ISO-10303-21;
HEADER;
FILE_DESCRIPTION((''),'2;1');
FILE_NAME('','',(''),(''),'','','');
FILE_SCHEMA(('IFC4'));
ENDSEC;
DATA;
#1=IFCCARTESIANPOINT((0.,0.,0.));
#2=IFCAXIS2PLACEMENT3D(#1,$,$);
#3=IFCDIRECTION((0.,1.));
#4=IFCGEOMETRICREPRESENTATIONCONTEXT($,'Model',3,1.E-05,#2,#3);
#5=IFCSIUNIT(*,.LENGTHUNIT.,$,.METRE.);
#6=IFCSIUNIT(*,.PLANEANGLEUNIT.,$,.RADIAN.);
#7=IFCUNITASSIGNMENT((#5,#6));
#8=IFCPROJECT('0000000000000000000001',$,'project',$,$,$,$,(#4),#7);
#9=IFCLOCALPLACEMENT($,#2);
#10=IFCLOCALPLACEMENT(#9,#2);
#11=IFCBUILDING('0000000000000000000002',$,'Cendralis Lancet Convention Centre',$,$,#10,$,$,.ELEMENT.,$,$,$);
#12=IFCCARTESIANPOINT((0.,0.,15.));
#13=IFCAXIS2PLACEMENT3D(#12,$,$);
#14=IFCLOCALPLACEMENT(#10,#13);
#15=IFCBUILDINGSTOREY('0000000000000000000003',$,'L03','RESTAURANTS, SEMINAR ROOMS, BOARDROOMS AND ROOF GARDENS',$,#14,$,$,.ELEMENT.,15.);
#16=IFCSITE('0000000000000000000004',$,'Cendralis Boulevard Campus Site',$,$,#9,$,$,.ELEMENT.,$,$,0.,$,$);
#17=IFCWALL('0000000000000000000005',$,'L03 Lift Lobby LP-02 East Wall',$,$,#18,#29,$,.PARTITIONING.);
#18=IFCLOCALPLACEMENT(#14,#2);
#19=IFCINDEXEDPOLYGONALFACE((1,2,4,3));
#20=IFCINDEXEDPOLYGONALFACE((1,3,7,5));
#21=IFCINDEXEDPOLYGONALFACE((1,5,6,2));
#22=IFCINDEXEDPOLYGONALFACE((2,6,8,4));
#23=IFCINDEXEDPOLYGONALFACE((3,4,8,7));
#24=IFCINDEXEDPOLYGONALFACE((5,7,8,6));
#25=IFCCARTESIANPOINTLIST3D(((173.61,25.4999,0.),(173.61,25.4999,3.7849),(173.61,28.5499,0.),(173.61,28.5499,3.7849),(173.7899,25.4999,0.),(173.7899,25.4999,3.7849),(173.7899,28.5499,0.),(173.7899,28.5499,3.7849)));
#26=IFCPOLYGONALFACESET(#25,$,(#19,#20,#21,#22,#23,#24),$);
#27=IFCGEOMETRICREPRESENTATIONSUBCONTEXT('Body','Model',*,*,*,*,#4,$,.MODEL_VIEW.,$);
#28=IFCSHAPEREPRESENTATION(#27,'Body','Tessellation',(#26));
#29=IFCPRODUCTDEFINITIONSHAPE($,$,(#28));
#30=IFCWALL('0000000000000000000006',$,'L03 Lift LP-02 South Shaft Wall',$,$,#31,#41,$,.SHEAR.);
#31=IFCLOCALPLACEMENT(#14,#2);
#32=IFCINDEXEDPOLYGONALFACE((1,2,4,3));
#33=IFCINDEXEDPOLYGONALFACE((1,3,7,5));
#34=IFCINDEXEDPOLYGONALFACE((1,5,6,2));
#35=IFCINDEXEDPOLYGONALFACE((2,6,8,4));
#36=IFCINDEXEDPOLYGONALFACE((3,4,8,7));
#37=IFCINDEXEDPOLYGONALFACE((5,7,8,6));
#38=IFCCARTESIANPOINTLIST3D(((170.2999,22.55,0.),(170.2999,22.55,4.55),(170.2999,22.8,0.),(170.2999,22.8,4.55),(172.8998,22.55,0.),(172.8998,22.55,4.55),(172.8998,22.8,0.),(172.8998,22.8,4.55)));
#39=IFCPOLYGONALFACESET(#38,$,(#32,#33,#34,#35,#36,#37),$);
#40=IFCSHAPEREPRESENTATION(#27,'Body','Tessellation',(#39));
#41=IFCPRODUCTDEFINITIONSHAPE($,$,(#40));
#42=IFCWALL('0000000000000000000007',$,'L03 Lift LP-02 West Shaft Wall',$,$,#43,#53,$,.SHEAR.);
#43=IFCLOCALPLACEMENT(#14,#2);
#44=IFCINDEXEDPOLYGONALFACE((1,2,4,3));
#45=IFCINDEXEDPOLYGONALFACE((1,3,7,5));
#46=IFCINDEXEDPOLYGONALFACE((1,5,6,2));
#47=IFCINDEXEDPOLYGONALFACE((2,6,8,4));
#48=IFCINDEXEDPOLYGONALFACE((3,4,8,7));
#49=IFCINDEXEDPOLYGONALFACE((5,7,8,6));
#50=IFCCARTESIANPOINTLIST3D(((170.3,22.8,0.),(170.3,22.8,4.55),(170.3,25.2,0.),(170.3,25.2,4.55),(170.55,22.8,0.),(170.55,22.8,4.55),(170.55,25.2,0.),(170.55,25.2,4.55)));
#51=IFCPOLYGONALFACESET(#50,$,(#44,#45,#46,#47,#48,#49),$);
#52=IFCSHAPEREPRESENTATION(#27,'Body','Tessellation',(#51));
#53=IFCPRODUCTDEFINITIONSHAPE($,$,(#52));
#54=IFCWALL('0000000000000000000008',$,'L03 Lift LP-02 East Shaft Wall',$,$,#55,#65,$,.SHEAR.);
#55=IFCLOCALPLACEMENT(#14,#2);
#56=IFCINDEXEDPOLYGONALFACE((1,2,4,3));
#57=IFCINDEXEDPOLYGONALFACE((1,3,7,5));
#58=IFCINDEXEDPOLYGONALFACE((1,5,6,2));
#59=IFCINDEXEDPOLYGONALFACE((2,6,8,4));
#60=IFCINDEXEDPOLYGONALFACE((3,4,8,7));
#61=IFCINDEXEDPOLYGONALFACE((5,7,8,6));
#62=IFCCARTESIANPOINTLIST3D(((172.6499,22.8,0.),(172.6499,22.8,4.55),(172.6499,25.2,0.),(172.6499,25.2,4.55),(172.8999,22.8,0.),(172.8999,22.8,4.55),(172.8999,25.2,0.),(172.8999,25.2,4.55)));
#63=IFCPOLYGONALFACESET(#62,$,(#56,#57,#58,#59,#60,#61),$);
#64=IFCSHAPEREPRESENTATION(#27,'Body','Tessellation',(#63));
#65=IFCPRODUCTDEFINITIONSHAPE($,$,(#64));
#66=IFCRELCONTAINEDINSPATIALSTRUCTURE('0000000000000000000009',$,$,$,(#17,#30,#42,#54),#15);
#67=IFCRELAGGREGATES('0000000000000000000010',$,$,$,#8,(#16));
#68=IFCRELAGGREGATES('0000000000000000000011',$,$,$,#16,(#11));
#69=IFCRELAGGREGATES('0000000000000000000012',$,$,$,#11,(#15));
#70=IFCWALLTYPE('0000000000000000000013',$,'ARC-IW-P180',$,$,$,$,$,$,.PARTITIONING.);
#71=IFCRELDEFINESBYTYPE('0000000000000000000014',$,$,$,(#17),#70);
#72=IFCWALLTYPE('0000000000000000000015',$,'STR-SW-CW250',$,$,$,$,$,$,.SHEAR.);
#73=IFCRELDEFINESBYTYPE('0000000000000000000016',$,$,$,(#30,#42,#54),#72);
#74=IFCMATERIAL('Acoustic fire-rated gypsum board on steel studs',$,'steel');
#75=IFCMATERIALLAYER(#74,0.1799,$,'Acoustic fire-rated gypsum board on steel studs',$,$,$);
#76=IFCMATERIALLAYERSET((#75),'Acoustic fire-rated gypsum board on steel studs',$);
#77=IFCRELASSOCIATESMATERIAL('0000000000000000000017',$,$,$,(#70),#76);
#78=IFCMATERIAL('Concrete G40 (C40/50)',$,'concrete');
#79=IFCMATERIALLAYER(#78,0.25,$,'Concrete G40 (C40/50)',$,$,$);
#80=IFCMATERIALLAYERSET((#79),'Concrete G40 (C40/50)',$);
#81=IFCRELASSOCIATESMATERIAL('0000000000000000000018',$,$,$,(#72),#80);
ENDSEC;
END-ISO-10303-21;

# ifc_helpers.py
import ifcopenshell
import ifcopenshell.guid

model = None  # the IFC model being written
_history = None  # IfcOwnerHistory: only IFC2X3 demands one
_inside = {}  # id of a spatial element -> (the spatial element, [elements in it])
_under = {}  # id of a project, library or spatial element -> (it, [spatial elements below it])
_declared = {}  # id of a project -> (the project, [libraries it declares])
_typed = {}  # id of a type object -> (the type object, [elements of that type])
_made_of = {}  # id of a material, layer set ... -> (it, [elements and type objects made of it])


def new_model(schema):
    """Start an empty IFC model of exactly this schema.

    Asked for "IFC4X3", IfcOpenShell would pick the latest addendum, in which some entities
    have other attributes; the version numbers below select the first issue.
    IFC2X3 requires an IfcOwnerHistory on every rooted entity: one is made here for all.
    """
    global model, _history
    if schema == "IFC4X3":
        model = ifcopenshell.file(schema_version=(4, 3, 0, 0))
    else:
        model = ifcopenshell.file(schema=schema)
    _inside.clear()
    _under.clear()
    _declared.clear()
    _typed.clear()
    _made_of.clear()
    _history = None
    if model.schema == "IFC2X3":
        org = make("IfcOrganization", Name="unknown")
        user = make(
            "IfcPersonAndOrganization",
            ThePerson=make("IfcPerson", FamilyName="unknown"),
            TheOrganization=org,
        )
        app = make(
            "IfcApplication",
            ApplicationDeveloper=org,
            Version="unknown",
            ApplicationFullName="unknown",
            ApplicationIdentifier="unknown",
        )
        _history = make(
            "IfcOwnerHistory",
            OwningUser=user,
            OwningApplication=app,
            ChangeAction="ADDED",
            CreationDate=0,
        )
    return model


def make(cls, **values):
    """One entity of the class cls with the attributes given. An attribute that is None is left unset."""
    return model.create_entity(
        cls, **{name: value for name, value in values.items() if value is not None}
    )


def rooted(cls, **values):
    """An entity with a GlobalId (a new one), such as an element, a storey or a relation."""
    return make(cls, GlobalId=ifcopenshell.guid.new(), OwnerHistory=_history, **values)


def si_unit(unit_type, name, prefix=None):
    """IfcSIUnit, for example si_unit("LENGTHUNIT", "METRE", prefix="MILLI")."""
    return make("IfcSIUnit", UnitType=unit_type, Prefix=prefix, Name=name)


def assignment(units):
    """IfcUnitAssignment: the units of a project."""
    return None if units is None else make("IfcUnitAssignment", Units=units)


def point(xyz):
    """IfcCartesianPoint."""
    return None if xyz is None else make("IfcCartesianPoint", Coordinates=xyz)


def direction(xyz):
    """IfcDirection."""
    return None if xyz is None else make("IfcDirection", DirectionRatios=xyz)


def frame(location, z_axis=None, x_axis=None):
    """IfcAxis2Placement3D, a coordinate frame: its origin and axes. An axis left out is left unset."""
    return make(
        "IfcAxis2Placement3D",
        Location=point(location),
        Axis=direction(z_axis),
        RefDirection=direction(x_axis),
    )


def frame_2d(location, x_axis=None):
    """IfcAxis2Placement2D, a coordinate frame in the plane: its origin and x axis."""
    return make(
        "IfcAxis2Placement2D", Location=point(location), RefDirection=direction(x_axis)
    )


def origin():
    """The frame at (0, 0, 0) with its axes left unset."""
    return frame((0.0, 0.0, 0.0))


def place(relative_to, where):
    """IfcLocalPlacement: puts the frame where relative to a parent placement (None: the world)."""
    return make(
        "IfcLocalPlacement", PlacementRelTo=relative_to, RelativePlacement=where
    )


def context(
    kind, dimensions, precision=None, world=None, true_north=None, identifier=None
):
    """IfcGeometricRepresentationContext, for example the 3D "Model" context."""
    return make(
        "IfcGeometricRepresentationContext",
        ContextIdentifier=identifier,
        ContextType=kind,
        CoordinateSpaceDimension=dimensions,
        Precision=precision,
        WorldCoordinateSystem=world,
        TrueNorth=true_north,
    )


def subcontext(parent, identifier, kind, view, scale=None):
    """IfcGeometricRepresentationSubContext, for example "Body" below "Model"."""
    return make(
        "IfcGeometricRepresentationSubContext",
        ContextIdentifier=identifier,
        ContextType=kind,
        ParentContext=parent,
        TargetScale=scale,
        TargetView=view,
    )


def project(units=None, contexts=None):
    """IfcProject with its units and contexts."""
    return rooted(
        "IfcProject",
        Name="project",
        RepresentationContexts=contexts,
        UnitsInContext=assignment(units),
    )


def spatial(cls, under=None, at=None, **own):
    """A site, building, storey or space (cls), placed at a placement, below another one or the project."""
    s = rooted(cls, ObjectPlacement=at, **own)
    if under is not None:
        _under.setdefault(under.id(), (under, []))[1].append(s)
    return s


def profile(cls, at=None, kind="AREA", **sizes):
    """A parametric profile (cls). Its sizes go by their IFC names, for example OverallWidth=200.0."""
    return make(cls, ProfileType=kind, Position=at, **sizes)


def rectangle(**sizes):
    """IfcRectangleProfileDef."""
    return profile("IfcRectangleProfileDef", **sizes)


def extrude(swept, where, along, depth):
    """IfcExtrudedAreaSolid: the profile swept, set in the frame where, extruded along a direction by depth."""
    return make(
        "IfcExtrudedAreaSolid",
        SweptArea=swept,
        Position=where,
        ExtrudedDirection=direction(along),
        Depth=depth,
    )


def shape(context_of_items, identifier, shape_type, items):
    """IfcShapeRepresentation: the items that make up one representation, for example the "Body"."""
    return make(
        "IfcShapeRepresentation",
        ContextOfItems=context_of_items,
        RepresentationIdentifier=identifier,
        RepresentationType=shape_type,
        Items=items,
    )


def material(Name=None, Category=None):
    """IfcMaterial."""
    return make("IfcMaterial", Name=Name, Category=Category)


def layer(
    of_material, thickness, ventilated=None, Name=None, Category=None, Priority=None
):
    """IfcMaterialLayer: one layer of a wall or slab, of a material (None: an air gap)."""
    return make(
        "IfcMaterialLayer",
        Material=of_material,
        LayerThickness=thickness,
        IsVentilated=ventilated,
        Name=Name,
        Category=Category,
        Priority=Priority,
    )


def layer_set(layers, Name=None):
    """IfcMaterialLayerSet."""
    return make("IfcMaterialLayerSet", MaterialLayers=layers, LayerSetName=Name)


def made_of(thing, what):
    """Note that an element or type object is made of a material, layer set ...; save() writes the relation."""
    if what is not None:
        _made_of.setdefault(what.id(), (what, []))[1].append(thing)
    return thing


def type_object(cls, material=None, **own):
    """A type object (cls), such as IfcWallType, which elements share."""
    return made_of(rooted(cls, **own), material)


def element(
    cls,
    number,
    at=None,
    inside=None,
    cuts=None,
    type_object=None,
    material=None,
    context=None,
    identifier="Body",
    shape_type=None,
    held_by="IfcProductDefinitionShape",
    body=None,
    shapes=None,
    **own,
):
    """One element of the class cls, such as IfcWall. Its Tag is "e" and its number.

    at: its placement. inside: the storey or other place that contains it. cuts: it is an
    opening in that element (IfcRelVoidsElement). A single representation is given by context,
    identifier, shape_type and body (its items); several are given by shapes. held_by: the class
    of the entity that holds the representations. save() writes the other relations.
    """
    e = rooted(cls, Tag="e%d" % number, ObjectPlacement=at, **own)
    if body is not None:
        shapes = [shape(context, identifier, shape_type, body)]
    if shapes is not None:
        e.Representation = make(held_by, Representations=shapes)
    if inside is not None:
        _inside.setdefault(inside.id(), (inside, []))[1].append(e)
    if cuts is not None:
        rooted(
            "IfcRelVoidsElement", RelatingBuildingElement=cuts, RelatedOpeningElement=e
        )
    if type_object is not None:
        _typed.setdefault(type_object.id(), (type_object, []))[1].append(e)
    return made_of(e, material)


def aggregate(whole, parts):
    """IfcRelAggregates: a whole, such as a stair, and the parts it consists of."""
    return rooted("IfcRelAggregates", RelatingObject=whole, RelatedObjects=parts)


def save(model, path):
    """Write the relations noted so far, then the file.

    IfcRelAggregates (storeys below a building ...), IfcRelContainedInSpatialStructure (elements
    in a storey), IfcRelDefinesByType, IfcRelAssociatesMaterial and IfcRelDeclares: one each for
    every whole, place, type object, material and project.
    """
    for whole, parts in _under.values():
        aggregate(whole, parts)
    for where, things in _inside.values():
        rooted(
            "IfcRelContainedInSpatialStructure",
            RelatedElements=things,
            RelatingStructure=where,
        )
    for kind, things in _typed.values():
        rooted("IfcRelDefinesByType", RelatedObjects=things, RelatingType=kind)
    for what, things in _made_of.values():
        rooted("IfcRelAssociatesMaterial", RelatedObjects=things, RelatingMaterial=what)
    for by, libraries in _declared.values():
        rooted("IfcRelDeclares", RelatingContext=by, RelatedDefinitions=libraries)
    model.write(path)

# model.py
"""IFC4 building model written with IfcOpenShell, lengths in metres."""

from ifc_helpers import new_model, si_unit, direction, frame, frame_2d, origin, place, context, subcontext, project, spatial, rectangle, extrude, material, layer, layer_set, type_object, element, save


model = new_model("IFC4")

# Units and contexts
model_context = context("Model", 3, precision=1e-05, world=origin(), true_north=direction((0.0, 1.0)))
body_context = subcontext(model_context, "Body", "Model", "MODEL_VIEW")
ifc_project = project(units=[si_unit("LENGTHUNIT", "METRE"), si_unit("PLANEANGLEUNIT", "RADIAN")], contexts=[model_context])

# Site, building, storey
site_placement = place(None, origin())
site = spatial("IfcSite", under=ifc_project, at=site_placement, Name="Cendralis Boulevard Campus Site", CompositionType="ELEMENT", RefElevation=0.0)
building_placement = place(site_placement, origin())
building = spatial("IfcBuilding", under=site, at=building_placement, Name="Cendralis Lancet Convention Centre", CompositionType="ELEMENT")
storey_placement = place(building_placement, frame((0.0, 0.0, 15.0)))
storey = spatial("IfcBuildingStorey", under=building, at=storey_placement, Name="L03", Description="RESTAURANTS, SEMINAR ROOMS, BOARDROOMS AND ROOF GARDENS", CompositionType="ELEMENT", Elevation=15.0)

# Shared definitions
ifc_material_1 = material(Name="Concrete G40 (C40/50)", Category="concrete")

# Shared definitions
ifc_material_2 = material(Name="Acoustic fire-rated gypsum board on steel studs", Category="steel")
ifc_layer_1 = layer(ifc_material_2, 0.1799, Name="Acoustic fire-rated gypsum board on steel studs")
ifc_layer_set_1 = layer_set([ifc_layer_1], Name="Acoustic fire-rated gypsum board on steel studs")
wall_type_1 = type_object("IfcWallType", Name="ARC-IW-P180", PredefinedType="PARTITIONING", material=ifc_layer_set_1)

# Walls
for number, where, z_axis, x_axis, name in (
    (1, (173.7, 25.5, 0.0), (0.0, 0.0, 1.0), (0.0, 1.0, 0.0), "L03 Lift Lobby LP-02 East Wall"),
):
    element("IfcWall", number, at=place(storey_placement, frame(where, z_axis=z_axis, x_axis=x_axis)), inside=storey, type_object=wall_type_1, Name=name, PredefinedType="PARTITIONING", context=body_context, shape_type="SweptSolid", body=[
        extrude(rectangle(XDim=3.05, YDim=0.1799, at=frame_2d((1.5249, 0.0))), origin(), (0.0, 0.0, 1.0), 3.7849),
    ])
ifc_layer_2 = layer(ifc_material_1, 0.25, Name="Concrete G40 (C40/50)")
ifc_layer_set_2 = layer_set([ifc_layer_2], Name="Concrete G40 (C40/50)")
wall_type_2 = type_object("IfcWallType", Name="STR-SW-CW250", PredefinedType="SHEAR", material=ifc_layer_set_2)
wall_1_placement = place(storey_placement, frame((170.3, 22.675, 0.0), z_axis=(0.0, 0.0, 1.0), x_axis=(1.0, 0.0, 0.0)))
element("IfcWall", 2, at=wall_1_placement, inside=storey, type_object=wall_type_2, Name="L03 Lift LP-02 South Shaft Wall", PredefinedType="SHEAR", context=body_context, shape_type="SweptSolid", body=[
    extrude(rectangle(XDim=2.5999, YDim=0.25, at=frame_2d((1.2998, 0.0))), origin(), (0.0, 0.0, 1.0), 4.55),
])

# Walls
for number, where, z_axis, x_axis, name in (
    (3, (170.425, 22.8, 0.0), (0.0, 0.0, 1.0), (0.0, 1.0, 0.0), "L03 Lift LP-02 West Shaft Wall"),
    (4, (172.7749, 22.8, 0.0), (0.0, 0.0, 1.0), (0.0, 1.0, 0.0), "L03 Lift LP-02 East Shaft Wall"),
):
    element("IfcWall", number, at=place(storey_placement, frame(where, z_axis=z_axis, x_axis=x_axis)), inside=storey, type_object=wall_type_2, Name=name, PredefinedType="SHEAR", context=body_context, shape_type="SweptSolid", body=[
        extrude(rectangle(XDim=2.3999, YDim=0.25, at=frame_2d((1.2, 0.0))), origin(), (0.0, 0.0, 1.0), 4.55),
    ])

save(model, "model.ifc")
